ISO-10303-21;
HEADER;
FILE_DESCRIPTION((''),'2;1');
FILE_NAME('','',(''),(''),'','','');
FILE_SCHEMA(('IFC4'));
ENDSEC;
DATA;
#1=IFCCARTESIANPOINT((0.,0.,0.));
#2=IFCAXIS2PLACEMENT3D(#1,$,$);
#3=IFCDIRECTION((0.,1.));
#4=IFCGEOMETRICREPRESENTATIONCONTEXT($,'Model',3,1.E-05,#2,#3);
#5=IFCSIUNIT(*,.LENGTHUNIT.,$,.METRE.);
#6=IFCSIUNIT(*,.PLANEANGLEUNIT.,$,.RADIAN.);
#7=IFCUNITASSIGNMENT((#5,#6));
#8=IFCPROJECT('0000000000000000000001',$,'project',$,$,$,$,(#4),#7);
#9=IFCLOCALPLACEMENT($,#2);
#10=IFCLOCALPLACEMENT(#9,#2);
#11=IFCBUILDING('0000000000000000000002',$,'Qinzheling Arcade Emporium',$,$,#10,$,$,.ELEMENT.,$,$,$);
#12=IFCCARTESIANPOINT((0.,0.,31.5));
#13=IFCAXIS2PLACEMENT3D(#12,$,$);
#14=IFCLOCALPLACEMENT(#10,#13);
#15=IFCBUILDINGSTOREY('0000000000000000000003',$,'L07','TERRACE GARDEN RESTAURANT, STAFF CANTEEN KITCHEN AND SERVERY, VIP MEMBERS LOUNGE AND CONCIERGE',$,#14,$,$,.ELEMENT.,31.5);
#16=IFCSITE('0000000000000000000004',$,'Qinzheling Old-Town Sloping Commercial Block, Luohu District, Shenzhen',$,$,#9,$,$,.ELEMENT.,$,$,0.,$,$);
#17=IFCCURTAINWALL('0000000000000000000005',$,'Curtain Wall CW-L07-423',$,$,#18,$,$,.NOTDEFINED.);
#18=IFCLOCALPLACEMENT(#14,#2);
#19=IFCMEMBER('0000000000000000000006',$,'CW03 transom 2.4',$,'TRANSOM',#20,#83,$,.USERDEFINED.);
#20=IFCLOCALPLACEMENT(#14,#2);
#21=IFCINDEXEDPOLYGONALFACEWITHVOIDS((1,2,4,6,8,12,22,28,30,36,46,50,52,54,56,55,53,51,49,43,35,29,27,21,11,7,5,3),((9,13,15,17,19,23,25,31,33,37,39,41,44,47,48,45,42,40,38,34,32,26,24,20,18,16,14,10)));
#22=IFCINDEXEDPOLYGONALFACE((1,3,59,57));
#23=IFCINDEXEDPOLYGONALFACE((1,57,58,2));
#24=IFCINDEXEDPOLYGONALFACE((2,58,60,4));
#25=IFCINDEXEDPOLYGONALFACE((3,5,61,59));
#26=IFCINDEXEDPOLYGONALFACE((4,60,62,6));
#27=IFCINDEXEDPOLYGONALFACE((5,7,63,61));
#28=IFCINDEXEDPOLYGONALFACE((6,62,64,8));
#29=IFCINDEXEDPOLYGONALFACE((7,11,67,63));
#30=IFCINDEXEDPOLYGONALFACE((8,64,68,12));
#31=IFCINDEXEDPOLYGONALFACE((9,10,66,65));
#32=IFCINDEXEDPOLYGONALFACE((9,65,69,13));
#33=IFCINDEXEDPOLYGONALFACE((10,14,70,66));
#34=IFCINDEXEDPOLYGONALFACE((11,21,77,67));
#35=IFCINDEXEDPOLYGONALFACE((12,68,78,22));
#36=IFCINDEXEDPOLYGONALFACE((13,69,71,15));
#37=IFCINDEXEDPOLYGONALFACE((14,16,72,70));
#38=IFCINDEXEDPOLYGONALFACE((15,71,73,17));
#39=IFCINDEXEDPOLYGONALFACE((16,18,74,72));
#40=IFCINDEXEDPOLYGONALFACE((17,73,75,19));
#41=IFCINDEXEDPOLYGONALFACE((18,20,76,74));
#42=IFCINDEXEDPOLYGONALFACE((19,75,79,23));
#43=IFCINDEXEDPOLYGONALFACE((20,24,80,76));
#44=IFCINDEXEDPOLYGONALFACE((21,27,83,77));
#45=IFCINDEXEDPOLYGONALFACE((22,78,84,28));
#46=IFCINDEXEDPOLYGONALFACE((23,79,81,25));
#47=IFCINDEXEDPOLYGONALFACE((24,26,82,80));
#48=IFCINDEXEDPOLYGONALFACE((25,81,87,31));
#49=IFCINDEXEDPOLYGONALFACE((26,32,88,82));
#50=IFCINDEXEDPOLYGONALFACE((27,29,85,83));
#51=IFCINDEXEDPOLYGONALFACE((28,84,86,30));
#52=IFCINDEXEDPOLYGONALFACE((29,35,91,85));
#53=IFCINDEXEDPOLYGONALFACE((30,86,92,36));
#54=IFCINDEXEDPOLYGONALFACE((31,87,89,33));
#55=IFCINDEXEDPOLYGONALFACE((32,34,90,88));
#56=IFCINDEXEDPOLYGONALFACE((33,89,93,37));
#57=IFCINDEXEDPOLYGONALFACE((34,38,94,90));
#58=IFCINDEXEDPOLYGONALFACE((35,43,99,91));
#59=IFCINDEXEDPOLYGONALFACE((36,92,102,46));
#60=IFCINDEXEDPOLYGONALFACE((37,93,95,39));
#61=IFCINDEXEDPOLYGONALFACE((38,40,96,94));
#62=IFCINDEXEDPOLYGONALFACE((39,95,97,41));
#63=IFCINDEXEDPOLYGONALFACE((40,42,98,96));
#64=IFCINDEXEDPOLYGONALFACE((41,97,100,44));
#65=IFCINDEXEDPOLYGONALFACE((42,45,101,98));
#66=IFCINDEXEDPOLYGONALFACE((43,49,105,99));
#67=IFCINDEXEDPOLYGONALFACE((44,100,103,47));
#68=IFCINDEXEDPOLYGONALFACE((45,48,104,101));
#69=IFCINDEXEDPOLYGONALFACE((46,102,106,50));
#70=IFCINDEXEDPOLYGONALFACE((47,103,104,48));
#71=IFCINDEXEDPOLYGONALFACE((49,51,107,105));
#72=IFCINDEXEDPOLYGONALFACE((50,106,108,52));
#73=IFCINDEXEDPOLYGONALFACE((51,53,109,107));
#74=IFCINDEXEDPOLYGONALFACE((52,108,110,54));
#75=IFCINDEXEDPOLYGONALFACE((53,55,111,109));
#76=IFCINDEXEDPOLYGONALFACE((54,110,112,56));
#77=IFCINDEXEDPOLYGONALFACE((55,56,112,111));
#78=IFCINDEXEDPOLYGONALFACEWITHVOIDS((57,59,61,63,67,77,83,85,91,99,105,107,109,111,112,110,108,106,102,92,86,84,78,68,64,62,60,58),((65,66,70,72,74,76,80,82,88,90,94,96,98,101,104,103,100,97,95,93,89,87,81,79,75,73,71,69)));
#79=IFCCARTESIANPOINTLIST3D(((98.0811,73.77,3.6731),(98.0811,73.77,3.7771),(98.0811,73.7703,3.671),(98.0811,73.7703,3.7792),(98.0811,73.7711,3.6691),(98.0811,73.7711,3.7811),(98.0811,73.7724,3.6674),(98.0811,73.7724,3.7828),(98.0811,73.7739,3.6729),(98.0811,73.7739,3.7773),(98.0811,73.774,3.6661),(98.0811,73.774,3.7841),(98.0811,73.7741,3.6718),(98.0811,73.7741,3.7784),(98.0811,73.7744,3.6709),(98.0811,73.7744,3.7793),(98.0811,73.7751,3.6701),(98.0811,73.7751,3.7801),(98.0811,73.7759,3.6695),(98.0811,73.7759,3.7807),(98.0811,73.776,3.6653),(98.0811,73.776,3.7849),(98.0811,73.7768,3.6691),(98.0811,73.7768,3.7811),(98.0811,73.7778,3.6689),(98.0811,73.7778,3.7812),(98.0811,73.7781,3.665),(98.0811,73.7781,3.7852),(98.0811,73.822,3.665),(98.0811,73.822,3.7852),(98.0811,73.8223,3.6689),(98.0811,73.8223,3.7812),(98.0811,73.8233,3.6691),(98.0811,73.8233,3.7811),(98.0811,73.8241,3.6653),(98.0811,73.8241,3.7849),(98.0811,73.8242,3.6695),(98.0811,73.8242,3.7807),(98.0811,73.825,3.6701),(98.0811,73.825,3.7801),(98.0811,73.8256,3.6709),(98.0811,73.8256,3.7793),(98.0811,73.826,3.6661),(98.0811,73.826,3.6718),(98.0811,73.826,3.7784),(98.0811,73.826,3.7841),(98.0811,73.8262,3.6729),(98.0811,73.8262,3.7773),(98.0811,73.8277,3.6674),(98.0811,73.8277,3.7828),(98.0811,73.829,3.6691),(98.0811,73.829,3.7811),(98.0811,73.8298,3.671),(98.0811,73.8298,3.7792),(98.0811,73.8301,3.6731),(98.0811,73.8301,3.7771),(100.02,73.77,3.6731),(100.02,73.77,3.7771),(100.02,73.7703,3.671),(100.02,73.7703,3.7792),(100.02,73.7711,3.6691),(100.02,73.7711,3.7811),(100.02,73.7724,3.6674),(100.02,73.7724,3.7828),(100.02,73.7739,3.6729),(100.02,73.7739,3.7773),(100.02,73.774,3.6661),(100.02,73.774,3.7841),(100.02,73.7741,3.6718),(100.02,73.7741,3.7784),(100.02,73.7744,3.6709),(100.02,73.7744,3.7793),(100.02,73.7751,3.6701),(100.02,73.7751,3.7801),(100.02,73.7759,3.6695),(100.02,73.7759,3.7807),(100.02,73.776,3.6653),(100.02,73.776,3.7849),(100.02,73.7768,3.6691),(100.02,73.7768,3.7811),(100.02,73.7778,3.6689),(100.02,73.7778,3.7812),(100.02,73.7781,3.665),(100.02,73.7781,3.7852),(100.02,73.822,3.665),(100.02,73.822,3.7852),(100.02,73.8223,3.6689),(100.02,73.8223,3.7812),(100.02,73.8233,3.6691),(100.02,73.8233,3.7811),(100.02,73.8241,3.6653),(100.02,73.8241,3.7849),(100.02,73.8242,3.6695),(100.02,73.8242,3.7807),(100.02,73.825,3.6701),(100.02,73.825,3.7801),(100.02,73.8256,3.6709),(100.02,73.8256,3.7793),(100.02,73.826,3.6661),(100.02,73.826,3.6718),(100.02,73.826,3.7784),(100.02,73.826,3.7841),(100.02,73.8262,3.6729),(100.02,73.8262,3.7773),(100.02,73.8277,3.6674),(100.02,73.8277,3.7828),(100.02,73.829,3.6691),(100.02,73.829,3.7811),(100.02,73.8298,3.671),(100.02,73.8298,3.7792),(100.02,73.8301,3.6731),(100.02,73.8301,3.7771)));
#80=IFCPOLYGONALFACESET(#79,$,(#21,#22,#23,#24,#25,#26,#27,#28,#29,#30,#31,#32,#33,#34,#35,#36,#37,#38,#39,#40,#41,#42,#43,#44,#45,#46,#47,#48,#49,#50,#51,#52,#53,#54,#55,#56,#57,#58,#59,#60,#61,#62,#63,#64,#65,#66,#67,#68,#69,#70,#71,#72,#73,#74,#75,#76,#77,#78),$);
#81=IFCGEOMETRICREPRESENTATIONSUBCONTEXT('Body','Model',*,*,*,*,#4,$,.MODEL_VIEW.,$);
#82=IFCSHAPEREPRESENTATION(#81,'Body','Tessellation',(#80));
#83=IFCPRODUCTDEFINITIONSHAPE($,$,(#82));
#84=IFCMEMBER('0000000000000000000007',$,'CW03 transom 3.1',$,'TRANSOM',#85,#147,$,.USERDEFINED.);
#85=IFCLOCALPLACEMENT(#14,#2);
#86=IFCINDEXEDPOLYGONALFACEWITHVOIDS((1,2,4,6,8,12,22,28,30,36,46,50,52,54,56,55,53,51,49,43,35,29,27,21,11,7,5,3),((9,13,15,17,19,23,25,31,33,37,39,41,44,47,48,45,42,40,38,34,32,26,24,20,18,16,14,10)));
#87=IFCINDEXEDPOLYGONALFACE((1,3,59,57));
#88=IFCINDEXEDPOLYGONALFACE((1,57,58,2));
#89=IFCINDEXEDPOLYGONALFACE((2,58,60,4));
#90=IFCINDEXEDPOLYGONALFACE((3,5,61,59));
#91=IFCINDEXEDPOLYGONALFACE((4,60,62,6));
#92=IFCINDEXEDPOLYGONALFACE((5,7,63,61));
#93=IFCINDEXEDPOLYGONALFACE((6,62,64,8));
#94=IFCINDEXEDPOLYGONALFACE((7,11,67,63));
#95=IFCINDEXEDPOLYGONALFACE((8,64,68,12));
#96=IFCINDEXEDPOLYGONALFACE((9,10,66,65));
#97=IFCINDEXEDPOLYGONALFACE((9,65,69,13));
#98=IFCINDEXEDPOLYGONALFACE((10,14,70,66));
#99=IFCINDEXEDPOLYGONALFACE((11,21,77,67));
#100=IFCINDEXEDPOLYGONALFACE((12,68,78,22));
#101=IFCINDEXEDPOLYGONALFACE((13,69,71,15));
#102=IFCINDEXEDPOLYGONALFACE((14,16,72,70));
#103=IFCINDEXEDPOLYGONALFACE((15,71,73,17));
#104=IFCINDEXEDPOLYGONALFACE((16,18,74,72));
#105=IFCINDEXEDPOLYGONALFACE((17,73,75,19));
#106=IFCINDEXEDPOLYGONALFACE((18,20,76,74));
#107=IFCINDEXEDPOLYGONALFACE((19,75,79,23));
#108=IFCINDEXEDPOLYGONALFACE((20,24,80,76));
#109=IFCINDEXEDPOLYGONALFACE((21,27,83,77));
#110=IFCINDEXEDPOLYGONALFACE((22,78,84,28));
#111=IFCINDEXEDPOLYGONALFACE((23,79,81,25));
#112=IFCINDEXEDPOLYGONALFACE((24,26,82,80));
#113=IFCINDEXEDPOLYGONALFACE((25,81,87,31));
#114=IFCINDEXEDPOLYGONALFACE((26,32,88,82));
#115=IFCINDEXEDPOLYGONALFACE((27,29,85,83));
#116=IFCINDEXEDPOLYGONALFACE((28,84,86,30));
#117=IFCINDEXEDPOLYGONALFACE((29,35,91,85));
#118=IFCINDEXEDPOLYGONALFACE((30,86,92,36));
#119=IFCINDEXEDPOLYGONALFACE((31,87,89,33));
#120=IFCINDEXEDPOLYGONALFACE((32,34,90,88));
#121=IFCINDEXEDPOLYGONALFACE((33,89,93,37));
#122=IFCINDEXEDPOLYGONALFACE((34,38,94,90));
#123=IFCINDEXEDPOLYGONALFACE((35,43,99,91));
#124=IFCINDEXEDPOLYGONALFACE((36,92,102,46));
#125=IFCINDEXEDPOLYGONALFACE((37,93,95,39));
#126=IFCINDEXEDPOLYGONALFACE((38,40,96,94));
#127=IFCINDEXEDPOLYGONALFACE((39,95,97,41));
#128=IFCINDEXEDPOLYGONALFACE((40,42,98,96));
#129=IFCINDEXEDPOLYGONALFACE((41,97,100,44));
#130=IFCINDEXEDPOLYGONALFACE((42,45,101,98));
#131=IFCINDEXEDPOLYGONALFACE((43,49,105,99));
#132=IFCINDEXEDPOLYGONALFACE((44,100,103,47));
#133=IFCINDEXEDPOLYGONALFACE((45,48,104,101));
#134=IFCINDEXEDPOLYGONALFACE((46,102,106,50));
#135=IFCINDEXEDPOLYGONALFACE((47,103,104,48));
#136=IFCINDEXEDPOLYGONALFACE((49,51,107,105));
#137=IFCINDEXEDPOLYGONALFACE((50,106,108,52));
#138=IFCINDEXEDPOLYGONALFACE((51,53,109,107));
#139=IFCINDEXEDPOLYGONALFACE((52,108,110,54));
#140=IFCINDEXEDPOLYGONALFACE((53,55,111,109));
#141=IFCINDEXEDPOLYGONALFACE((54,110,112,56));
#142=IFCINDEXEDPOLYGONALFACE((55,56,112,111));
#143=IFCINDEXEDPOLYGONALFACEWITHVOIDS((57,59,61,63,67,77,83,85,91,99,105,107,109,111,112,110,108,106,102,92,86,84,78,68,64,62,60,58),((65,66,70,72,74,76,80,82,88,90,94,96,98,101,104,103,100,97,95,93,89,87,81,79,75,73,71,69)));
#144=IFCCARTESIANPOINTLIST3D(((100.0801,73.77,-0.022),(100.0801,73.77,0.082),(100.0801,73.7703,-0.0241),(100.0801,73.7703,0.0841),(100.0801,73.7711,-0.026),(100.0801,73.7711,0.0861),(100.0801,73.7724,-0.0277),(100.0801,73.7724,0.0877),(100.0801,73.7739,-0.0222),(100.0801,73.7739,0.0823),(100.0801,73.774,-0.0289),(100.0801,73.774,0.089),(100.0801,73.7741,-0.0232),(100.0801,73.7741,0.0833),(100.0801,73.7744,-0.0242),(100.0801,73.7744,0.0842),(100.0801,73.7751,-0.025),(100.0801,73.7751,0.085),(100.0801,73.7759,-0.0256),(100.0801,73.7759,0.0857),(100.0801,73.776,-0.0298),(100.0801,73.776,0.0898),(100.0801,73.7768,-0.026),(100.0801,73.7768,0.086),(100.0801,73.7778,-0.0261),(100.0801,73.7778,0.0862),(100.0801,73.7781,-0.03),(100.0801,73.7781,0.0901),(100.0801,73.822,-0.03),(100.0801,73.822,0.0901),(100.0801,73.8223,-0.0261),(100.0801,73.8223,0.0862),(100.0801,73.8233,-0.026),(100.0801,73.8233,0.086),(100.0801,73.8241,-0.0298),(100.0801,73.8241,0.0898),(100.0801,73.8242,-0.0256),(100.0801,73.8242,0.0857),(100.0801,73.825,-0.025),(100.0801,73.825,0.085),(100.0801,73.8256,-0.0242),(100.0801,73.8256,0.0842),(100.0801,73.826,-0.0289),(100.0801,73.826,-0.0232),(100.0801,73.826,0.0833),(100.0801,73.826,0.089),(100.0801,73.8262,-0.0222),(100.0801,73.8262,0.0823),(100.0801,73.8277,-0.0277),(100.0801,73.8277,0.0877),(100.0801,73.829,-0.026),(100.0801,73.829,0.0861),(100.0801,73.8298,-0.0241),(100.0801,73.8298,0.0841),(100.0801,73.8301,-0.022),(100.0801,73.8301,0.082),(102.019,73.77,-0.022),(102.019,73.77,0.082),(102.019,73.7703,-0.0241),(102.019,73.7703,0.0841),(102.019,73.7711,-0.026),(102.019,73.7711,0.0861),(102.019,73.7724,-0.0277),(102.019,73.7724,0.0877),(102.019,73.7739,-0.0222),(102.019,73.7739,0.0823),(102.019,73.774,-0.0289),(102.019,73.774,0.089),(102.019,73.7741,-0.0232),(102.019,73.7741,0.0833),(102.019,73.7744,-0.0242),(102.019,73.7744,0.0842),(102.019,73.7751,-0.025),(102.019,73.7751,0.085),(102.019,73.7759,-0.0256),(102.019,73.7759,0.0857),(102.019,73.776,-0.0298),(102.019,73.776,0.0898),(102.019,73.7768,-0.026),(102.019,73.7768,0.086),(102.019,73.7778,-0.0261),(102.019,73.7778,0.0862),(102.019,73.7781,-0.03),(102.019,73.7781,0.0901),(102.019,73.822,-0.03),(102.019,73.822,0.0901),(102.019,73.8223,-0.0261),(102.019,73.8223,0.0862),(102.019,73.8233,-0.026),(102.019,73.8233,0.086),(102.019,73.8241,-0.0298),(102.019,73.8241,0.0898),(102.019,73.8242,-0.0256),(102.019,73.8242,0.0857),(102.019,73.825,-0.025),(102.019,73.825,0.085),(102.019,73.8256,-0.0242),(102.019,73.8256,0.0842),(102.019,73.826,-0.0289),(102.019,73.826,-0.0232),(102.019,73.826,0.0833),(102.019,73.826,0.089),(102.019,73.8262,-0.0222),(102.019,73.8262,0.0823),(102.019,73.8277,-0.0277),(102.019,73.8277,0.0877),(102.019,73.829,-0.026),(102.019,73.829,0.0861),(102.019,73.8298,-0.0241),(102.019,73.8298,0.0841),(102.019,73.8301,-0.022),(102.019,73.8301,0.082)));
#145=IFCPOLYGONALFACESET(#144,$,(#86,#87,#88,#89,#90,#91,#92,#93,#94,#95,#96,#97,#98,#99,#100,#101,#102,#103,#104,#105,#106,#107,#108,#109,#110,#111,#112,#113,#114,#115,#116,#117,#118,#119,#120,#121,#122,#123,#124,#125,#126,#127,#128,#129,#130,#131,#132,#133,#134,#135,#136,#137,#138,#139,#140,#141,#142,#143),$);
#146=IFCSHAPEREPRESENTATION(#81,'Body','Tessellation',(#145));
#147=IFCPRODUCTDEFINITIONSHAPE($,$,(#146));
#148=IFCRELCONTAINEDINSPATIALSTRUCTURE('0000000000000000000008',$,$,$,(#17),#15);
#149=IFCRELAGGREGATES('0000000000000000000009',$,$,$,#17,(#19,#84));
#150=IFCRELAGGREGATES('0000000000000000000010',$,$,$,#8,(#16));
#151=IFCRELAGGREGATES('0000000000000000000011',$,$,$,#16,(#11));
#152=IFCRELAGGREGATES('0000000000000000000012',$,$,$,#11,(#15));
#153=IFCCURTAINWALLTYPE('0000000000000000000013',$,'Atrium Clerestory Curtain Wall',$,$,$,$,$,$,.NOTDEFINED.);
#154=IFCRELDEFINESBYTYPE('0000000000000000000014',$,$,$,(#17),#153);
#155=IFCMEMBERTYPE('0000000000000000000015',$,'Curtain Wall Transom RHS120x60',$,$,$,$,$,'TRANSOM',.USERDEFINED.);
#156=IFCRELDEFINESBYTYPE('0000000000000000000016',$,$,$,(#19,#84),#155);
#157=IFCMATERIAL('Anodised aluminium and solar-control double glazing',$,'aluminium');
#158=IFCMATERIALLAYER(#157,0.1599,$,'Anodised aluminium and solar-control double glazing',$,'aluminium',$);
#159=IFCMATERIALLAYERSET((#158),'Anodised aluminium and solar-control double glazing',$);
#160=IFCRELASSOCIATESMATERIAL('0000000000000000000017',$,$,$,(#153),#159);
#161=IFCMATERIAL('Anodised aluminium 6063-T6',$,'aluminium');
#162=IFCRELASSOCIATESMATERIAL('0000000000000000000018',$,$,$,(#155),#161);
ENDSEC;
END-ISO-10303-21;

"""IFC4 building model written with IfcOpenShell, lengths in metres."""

from ifc_helpers import new_model, si_unit, direction, frame, origin, origin_2d, place, context, subcontext, project, spatial, hollow_rectangle, extrude, material, layer, layer_set, material_profile, profile_set, type_object, element, aggregate, save


model = new_model("IFC4")

# Units and contexts
model_context = context("Model", 3, precision=1e-05, world=origin(), true_north=direction((0.0, 1.0)))
body_context = subcontext(model_context, "Body", "Model", "MODEL_VIEW")
ifc_project = project(units=[si_unit("LENGTHUNIT", "METRE"), si_unit("PLANEANGLEUNIT", "RADIAN")], contexts=[model_context])

# Site, building, storey
site_placement = place(None, origin())
site = spatial("IfcSite", under=ifc_project, at=site_placement, Name="Qinzheling Old-Town Sloping Commercial Block, Luohu District, Shenzhen", CompositionType="ELEMENT", RefElevation=0.0)
building_placement = place(site_placement, origin())
building = spatial("IfcBuilding", under=site, at=building_placement, Name="Qinzheling Arcade Emporium", CompositionType="ELEMENT")
storey_placement = place(building_placement, frame((0.0, 0.0, 31.5)))
storey = spatial("IfcBuildingStorey", under=building, at=storey_placement, Name="L07", Description="TERRACE GARDEN RESTAURANT, STAFF CANTEEN KITCHEN AND SERVERY, VIP MEMBERS LOUNGE AND CONCIERGE", CompositionType="ELEMENT", Elevation=31.5)

# Curtain wall, members
ifc_material_1 = material(Name="Anodised aluminium and solar-control double glazing", Category="aluminium")
ifc_layer_1 = layer(ifc_material_1, 0.1599, Name="Anodised aluminium and solar-control double glazing", Category="aluminium")
ifc_layer_set_1 = layer_set([ifc_layer_1], Name="Anodised aluminium and solar-control double glazing")
curtain_wall_type = type_object("IfcCurtainWallType", Name="Atrium Clerestory Curtain Wall", PredefinedType="NOTDEFINED", material=ifc_layer_set_1)
curtain_wall_placement = place(storey_placement, origin())
curtain_wall = element("IfcCurtainWall", 1, at=curtain_wall_placement, inside=storey, type_object=curtain_wall_type, Name="Curtain Wall CW-L07-423", PredefinedType="NOTDEFINED")
ifc_material_2 = material(Name="Anodised aluminium 6063-T6", Category="aluminium")
ifc_material_profile_1 = material_profile(ifc_material_2, hollow_rectangle(XDim=0.0601, YDim=0.1201, WallThickness=0.0039, InnerFilletRadius=0.0039, OuterFilletRadius=0.0081, at=origin_2d()), Name="RHS 120x60x4", Category="aluminium")
ifc_profile_set_1 = profile_set([ifc_material_profile_1], Name="Anodised aluminium 6063-T6")
member_type_1 = type_object("IfcMemberType", Name="Curtain Wall Transom RHS120x60", ElementType="TRANSOM", PredefinedType="USERDEFINED", material=ifc_profile_set_1)
member_1_placement = place(storey_placement, frame((98.0811, 73.8, 3.7251), z_axis=(1.0, 0.0, 0.0), x_axis=(0.0, 1.0, 0.0)))
member_1 = element("IfcMember", 2, at=member_1_placement, type_object=member_type_1, Name="CW03 transom 2.4", ObjectType="TRANSOM", PredefinedType="USERDEFINED", context=body_context, shape_type="SweptSolid", body=[
    extrude(hollow_rectangle(XDim=0.0601, YDim=0.1201, WallThickness=0.0039, InnerFilletRadius=0.0039, OuterFilletRadius=0.0081, at=origin_2d()), origin(), (0.0, 0.0, 1.0), 1.939),
])
member_2_placement = place(storey_placement, frame((100.0801, 73.8, 0.03), z_axis=(1.0, 0.0, 0.0), x_axis=(0.0, 1.0, 0.0)))
member_2 = element("IfcMember", 3, at=member_2_placement, type_object=member_type_1, Name="CW03 transom 3.1", ObjectType="TRANSOM", PredefinedType="USERDEFINED", context=body_context, shape_type="SweptSolid", body=[
    extrude(hollow_rectangle(XDim=0.0601, YDim=0.1201, WallThickness=0.0039, InnerFilletRadius=0.0039, OuterFilletRadius=0.0081, at=origin_2d()), origin(), (0.0, 0.0, 1.0), 1.939),
])
aggregate(curtain_wall, [member_1, member_2])

save(model, "model.ifc")
